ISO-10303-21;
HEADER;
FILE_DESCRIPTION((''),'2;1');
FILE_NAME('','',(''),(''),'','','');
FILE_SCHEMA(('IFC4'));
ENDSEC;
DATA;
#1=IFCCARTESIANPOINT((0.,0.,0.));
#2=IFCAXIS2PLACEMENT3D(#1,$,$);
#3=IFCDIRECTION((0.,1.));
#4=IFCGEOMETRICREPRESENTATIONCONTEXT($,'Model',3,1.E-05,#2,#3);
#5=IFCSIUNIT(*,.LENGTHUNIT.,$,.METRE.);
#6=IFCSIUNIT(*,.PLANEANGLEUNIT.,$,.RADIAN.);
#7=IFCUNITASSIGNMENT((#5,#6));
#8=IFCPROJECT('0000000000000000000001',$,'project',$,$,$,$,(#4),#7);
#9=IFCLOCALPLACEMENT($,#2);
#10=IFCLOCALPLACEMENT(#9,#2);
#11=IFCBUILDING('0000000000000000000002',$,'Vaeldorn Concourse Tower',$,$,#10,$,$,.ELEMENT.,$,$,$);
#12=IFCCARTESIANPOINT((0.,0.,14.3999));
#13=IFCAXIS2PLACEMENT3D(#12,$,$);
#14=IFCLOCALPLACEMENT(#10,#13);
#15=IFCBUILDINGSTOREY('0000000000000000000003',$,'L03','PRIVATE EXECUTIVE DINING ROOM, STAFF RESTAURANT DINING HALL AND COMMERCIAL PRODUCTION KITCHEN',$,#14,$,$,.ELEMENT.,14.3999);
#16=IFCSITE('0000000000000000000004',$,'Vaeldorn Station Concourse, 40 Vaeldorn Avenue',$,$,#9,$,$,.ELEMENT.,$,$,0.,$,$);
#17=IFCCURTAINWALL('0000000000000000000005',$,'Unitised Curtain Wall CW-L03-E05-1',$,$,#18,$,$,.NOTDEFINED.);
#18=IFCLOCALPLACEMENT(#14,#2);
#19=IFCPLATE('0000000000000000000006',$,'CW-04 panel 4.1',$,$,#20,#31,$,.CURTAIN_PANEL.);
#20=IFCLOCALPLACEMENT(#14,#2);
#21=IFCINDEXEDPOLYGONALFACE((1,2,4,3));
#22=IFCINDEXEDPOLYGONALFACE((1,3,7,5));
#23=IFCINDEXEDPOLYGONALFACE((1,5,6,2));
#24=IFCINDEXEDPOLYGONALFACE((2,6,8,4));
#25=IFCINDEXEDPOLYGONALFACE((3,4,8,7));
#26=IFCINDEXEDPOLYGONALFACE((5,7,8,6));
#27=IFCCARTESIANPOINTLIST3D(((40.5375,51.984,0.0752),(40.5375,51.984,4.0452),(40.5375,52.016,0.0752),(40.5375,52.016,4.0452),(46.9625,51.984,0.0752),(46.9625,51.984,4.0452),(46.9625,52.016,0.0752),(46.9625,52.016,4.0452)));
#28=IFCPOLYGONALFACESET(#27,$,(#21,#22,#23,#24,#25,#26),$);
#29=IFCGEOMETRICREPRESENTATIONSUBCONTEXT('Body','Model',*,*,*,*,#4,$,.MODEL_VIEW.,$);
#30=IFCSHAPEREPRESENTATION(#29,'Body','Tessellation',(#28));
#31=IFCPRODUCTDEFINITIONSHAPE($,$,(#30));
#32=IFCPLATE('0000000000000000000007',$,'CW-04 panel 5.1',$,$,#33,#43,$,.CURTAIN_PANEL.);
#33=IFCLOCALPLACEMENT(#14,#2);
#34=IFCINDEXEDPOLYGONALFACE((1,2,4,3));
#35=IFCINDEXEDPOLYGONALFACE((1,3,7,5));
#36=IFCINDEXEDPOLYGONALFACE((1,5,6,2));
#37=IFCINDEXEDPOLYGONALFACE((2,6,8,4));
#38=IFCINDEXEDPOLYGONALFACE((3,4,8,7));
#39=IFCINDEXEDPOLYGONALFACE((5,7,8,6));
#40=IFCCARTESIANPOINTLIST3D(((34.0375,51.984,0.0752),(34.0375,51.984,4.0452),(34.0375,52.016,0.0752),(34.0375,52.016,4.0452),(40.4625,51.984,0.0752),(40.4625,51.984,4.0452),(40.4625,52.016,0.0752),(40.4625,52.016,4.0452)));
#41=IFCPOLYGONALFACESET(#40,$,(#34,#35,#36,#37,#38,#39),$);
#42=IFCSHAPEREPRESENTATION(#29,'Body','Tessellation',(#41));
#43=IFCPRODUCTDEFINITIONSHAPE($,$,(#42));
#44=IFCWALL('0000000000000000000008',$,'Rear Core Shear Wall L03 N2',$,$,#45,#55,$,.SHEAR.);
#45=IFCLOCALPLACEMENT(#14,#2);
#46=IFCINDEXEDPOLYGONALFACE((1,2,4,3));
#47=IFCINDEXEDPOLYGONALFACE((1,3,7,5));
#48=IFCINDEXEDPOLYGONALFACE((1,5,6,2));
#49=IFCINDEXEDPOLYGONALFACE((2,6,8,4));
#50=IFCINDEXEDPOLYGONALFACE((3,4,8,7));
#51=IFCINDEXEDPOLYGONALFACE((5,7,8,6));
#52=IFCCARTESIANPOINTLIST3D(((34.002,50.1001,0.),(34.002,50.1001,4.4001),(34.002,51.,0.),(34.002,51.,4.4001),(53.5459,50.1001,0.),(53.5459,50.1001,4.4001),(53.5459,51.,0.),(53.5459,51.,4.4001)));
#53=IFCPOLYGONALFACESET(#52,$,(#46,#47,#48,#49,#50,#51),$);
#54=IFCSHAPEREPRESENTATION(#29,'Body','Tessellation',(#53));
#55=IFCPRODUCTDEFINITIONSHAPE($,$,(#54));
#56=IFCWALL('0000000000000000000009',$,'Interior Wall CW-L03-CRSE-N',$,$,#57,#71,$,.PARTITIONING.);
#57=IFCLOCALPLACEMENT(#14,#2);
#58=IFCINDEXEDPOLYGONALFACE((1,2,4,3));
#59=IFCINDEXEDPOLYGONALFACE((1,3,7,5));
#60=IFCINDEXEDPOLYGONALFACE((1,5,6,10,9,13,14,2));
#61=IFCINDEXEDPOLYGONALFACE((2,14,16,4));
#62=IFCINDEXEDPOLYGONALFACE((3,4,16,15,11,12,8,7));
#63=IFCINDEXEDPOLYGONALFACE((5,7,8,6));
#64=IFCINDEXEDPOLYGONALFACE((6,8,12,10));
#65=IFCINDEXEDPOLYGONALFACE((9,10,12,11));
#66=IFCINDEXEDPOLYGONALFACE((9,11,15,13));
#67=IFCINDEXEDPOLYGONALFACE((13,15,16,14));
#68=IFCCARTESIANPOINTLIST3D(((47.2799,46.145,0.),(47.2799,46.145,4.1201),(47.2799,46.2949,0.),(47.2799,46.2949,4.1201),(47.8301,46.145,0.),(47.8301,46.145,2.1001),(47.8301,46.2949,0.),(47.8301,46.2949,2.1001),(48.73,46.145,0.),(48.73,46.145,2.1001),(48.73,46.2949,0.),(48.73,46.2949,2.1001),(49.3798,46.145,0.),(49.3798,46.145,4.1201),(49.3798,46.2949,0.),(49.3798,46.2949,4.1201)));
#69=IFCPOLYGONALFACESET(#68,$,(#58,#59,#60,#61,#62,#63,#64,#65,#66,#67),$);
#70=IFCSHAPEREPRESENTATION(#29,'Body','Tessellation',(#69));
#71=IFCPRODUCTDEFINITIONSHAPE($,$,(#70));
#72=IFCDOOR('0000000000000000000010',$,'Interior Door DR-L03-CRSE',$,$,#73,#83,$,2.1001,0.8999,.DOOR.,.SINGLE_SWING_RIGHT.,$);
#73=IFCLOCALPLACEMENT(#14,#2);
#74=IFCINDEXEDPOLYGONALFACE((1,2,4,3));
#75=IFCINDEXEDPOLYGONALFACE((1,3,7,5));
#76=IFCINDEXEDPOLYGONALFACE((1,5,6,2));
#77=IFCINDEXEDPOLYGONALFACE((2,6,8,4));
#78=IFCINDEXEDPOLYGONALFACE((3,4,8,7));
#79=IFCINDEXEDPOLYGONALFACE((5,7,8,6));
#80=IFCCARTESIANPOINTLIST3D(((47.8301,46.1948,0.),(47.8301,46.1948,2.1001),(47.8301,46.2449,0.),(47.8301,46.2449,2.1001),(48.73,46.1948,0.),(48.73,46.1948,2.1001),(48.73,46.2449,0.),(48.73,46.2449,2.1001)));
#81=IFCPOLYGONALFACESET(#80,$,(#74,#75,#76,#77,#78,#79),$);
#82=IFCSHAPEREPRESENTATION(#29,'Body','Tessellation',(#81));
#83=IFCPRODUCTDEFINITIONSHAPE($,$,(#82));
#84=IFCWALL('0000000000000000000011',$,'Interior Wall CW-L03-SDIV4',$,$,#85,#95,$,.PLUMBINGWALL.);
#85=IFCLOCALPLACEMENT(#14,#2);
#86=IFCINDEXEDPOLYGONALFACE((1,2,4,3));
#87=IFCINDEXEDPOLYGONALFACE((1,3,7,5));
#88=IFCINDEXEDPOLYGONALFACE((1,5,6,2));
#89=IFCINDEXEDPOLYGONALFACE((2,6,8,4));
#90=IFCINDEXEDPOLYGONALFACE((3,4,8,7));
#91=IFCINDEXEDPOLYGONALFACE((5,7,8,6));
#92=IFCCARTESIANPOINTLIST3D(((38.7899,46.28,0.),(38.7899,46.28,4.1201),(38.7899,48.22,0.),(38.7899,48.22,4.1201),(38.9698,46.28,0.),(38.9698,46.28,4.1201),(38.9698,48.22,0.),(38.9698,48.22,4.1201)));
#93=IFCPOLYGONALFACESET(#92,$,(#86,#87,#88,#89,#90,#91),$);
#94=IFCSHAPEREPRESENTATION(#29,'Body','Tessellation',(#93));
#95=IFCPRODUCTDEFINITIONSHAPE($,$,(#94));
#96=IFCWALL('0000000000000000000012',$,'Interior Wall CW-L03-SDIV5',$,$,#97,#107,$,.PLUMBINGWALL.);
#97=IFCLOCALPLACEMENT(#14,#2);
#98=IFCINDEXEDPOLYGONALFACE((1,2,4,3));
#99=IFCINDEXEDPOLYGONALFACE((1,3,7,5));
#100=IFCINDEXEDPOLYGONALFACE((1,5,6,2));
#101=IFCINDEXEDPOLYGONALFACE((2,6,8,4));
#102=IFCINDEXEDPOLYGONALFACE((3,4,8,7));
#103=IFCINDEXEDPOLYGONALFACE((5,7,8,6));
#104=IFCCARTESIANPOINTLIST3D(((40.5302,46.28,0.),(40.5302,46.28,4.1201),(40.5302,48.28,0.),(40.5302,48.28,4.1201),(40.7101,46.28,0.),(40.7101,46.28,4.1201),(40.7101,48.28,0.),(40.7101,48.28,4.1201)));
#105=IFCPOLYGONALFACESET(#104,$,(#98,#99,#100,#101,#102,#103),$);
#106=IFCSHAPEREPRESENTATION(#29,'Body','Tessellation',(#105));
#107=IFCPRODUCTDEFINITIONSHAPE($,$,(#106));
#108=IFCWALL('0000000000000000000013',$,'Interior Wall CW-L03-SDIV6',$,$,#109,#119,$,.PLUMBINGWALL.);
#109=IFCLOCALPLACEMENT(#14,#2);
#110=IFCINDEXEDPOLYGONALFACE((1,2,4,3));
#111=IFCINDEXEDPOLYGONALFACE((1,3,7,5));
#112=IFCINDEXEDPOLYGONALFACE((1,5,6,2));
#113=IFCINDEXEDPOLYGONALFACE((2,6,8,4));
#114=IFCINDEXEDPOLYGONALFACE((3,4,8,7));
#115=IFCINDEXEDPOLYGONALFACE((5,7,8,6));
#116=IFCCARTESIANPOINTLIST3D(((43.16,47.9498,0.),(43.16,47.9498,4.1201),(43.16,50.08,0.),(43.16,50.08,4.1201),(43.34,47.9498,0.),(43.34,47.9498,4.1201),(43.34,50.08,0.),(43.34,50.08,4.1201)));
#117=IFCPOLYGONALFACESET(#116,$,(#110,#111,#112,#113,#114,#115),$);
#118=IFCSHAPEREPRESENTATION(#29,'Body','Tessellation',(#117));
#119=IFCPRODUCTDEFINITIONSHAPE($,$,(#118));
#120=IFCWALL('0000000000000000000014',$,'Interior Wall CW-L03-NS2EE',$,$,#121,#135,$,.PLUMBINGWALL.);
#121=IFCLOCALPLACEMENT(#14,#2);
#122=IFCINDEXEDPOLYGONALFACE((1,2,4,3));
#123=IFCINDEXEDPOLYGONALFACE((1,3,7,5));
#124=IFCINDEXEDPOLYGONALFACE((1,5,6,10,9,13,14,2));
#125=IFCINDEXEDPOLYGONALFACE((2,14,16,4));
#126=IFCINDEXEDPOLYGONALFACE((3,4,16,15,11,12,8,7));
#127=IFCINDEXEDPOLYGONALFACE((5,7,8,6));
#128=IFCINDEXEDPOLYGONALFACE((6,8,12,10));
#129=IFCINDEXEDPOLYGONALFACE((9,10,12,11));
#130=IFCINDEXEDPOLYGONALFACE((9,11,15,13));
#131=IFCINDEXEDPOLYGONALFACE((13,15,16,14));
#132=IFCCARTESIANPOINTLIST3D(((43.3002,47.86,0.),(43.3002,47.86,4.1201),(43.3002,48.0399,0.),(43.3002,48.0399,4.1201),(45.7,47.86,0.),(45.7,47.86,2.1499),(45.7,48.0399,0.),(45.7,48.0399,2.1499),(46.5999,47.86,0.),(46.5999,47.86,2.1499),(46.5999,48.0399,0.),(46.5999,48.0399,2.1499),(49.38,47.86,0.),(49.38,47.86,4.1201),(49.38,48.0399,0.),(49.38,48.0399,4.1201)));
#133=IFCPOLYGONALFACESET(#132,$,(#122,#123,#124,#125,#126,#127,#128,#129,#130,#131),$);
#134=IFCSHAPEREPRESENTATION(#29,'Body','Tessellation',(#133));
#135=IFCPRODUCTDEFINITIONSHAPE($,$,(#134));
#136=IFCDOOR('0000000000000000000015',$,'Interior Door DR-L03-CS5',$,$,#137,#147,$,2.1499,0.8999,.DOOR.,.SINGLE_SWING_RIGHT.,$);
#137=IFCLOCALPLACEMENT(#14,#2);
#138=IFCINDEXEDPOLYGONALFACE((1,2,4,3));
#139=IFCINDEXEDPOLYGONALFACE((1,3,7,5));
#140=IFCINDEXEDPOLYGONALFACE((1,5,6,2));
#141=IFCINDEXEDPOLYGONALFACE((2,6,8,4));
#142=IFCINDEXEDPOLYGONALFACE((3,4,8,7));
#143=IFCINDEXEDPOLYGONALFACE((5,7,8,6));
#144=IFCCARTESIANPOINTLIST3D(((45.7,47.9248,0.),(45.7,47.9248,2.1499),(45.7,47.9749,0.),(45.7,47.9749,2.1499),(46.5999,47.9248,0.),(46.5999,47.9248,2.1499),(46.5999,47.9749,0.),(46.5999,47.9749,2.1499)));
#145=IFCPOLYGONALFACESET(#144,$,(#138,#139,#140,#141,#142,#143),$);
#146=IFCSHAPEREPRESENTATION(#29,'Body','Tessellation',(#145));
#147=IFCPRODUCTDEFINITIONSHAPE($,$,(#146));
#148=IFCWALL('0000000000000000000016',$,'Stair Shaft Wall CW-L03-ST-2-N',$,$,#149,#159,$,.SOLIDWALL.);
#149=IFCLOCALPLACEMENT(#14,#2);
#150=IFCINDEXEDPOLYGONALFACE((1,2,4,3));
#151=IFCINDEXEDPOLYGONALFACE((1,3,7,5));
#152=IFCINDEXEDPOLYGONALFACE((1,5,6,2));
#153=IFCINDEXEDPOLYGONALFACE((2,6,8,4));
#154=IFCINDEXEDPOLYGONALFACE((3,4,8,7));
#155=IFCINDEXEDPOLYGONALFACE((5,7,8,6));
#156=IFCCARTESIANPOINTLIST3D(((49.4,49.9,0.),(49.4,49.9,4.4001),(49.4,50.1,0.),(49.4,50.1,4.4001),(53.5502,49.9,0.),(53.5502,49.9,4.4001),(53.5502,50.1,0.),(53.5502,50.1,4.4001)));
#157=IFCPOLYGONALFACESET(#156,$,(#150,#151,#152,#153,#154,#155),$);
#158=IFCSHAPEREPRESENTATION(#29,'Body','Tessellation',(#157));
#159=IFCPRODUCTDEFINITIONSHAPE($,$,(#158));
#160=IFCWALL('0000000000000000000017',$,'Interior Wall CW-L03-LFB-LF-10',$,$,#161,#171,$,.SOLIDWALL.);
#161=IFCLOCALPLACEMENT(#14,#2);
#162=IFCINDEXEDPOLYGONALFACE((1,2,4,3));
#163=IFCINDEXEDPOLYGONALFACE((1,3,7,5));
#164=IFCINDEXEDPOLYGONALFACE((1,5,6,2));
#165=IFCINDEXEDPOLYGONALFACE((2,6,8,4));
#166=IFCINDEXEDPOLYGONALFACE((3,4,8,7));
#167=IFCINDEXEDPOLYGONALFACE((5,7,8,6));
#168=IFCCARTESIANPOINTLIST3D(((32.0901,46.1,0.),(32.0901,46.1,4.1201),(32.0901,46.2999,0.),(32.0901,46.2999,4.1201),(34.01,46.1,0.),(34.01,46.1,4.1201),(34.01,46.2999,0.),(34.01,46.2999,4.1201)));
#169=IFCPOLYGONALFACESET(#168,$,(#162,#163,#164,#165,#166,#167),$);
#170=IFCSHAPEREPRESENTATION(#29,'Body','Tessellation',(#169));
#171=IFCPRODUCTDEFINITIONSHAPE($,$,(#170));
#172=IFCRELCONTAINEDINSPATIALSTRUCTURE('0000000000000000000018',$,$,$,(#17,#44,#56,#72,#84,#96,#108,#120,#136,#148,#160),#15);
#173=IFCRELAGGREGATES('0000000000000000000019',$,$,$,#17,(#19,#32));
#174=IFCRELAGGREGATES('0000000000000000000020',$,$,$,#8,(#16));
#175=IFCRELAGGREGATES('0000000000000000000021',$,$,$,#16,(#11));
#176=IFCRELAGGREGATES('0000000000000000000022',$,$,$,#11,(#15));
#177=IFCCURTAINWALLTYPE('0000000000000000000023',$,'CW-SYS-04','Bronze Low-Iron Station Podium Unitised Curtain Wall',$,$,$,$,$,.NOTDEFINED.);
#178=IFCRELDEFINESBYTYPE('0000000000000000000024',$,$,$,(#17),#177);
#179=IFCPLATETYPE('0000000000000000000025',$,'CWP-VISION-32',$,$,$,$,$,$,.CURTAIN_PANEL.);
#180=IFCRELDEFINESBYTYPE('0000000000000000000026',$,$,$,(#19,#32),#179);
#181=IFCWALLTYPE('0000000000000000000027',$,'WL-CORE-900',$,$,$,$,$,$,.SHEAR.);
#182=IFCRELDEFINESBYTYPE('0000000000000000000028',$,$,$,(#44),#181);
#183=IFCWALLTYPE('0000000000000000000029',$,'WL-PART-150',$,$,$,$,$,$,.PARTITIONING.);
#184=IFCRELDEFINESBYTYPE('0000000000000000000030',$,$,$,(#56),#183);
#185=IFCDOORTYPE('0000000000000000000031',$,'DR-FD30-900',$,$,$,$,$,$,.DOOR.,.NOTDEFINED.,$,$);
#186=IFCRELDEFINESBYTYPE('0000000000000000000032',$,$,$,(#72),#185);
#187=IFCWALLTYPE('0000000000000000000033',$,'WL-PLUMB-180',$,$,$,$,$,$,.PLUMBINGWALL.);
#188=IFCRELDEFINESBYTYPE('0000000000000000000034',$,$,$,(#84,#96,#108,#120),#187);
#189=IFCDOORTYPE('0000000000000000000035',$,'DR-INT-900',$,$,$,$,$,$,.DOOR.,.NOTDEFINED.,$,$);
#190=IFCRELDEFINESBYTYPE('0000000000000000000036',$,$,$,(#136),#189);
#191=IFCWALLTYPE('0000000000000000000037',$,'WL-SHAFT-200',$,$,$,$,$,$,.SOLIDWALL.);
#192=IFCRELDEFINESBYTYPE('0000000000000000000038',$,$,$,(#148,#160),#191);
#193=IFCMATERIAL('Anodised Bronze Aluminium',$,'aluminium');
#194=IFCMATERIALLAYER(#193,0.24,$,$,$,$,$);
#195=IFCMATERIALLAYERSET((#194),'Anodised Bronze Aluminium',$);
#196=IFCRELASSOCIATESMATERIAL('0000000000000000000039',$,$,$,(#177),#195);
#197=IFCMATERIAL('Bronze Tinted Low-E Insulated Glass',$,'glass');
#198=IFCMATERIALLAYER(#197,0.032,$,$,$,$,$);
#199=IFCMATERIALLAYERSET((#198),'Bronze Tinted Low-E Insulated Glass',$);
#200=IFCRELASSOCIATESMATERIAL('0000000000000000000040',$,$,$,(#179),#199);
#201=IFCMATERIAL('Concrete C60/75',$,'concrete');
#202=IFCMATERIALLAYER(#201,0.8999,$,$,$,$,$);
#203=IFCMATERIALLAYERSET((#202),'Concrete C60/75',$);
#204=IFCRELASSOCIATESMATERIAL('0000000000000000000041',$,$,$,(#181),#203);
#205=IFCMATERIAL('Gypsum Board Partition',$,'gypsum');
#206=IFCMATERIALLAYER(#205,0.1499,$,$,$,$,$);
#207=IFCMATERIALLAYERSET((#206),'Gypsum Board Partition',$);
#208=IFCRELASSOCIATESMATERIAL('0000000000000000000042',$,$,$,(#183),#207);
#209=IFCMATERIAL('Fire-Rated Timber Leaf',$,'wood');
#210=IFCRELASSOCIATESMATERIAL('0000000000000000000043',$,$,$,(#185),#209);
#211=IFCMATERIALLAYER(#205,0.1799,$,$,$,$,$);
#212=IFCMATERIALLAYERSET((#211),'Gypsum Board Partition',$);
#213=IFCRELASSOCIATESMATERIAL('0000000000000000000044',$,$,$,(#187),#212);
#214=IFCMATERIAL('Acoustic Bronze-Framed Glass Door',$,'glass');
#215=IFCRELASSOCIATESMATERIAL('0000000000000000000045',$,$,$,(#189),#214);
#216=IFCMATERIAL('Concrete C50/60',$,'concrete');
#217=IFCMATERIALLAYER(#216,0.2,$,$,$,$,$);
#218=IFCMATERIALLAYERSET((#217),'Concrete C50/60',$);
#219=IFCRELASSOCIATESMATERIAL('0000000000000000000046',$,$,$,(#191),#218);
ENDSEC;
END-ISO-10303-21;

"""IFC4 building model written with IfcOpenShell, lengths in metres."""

from ifc_helpers import new_model, si_unit, direction, frame, frame_2d, origin, origin_2d, place, context, subcontext, project, spatial, rectangle, extrude, source, transform, mapped, material, layer, layer_set, type_object, element, fill, aggregate, save


model = new_model("IFC4")

# Units and contexts
model_context = context("Model", 3, precision=1e-05, world=origin(), true_north=direction((0.0, 1.0)))
body_context = subcontext(model_context, "Body", "Model", "MODEL_VIEW")
ifc_project = project(units=[si_unit("LENGTHUNIT", "METRE"), si_unit("PLANEANGLEUNIT", "RADIAN")], contexts=[model_context])

# Site, building, storey
site_placement = place(None, origin())
site = spatial("IfcSite", under=ifc_project, at=site_placement, Name="Vaeldorn Station Concourse, 40 Vaeldorn Avenue", CompositionType="ELEMENT", RefElevation=0.0)
building_placement = place(site_placement, origin())
building = spatial("IfcBuilding", under=site, at=building_placement, Name="Vaeldorn Concourse Tower", CompositionType="ELEMENT")
storey_placement = place(building_placement, frame((0.0, 0.0, 14.3999)))
storey = spatial("IfcBuildingStorey", under=building, at=storey_placement, Name="L03", Description="PRIVATE EXECUTIVE DINING ROOM, STAFF RESTAURANT DINING HALL AND COMMERCIAL PRODUCTION KITCHEN", CompositionType="ELEMENT", Elevation=14.3999)

# Curtain wall, plates
ifc_material_1 = material(Name="Anodised Bronze Aluminium", Category="aluminium")
ifc_layer_1 = layer(ifc_material_1, 0.24)
ifc_layer_set_1 = layer_set([ifc_layer_1], Name="Anodised Bronze Aluminium")
curtain_wall_type = type_object("IfcCurtainWallType", Name="CW-SYS-04", Description="Bronze Low-Iron Station Podium Unitised Curtain Wall", PredefinedType="NOTDEFINED", material=ifc_layer_set_1)
curtain_wall_placement = place(storey_placement, origin())
curtain_wall = element("IfcCurtainWall", 1, at=curtain_wall_placement, inside=storey, type_object=curtain_wall_type, Name="Unitised Curtain Wall CW-L03-E05-1", PredefinedType="NOTDEFINED")
ifc_material_2 = material(Name="Bronze Tinted Low-E Insulated Glass", Category="glass")
ifc_layer_2 = layer(ifc_material_2, 0.032)
ifc_layer_set_2 = layer_set([ifc_layer_2], Name="Bronze Tinted Low-E Insulated Glass")
plate_type = type_object("IfcPlateType", Name="CWP-VISION-32", PredefinedType="CURTAIN_PANEL", material=ifc_layer_set_2)
shared_shape_1 = source(origin(), body_context, "Body", "SweptSolid", [
    extrude(rectangle(XDim=6.425, YDim=0.032, at=origin_2d()), origin(), (0.0, 0.0, 1.0), 3.97),
])
plate_1_placement = place(storey_placement, frame((43.75, 52.0, 0.0752), z_axis=(0.0, 0.0, 1.0), x_axis=(-1.0, 0.0, 0.0)))
plate_1 = element("IfcPlate", 2, at=plate_1_placement, type_object=plate_type, Name="CW-04 panel 4.1", PredefinedType="CURTAIN_PANEL", context=body_context, shape_type="MappedRepresentation", body=[
    mapped(shared_shape_1, transform((0.0, 0.0, 0.0), scale=1.0)),
])
plate_2_placement = place(storey_placement, frame((37.25, 52.0, 0.0752), z_axis=(0.0, 0.0, 1.0), x_axis=(-1.0, 0.0, 0.0)))
plate_2 = element("IfcPlate", 3, at=plate_2_placement, type_object=plate_type, Name="CW-04 panel 5.1", PredefinedType="CURTAIN_PANEL", context=body_context, shape_type="MappedRepresentation", body=[
    mapped(shared_shape_1, transform((0.0, 0.0, 0.0), scale=1.0)),
])
aggregate(curtain_wall, [plate_1, plate_2])

# Wall
ifc_material_3 = material(Name="Concrete C60/75", Category="concrete")
ifc_layer_3 = layer(ifc_material_3, 0.8999)
ifc_layer_set_3 = layer_set([ifc_layer_3], Name="Concrete C60/75")
wall_type_1 = type_object("IfcWallType", Name="WL-CORE-900", PredefinedType="SHEAR", material=ifc_layer_set_3)
wall_1_placement = place(storey_placement, frame((34.002, 50.55, 0.0), z_axis=(0.0, 0.0, 1.0), x_axis=(1.0, 0.0, 0.0)))
element("IfcWall", 4, at=wall_1_placement, inside=storey, type_object=wall_type_1, Name="Rear Core Shear Wall L03 N2", PredefinedType="SHEAR", context=body_context, shape_type="SweptSolid", body=[
    extrude(rectangle(XDim=19.5439, YDim=0.8999, at=frame_2d((9.772, 0.0))), origin(), (0.0, 0.0, 1.0), 4.4001),
])

# Wall, opening, door
ifc_material_4 = material(Name="Gypsum Board Partition", Category="gypsum")
ifc_layer_4 = layer(ifc_material_4, 0.1499)
ifc_layer_set_4 = layer_set([ifc_layer_4], Name="Gypsum Board Partition")
wall_type_2 = type_object("IfcWallType", Name="WL-PART-150", PredefinedType="PARTITIONING", material=ifc_layer_set_4)
wall_2_placement = place(storey_placement, frame((47.28, 46.22, 0.0), z_axis=(0.0, 0.0, 1.0), x_axis=(1.0, 0.0, 0.0)))
wall_2 = element("IfcWall", 5, at=wall_2_placement, inside=storey, type_object=wall_type_2, Name="Interior Wall CW-L03-CRSE-N", PredefinedType="PARTITIONING", context=body_context, shape_type="SweptSolid", body=[
    extrude(rectangle(XDim=2.0999, YDim=0.1499, at=frame_2d((1.0498, 0.0))), origin(), (0.0, 0.0, 1.0), 4.1201),
])
opening_1_placement = place(wall_2_placement, frame((0.55, 0.0, 0.0)))
opening_1 = element("IfcOpeningElement", 6, at=opening_1_placement, cuts=wall_2, PredefinedType="OPENING", context=body_context, shape_type="SweptSolid", body=[
    extrude(rectangle(XDim=0.8999, YDim=2.1001, at=frame_2d((0.45, 1.05))), frame((0.0, 0.085, 0.0), z_axis=(0.0, -1.0, 0.0), x_axis=(1.0, 0.0, 0.0)), (0.0, 0.0, 1.0), 0.1699),
])
ifc_material_5 = material(Name="Fire-Rated Timber Leaf", Category="wood")
door_type_1 = type_object("IfcDoorType", Name="DR-FD30-900", OperationType="NOTDEFINED", PredefinedType="DOOR", material=ifc_material_5)
shared_shape_2 = source(origin(), body_context, "Body", "SweptSolid", [
    extrude(rectangle(XDim=0.8999, YDim=2.1001, at=frame_2d((0.45, 1.05))), frame((0.0, 0.0249, 0.0), z_axis=(0.0, -1.0, 0.0), x_axis=(1.0, 0.0, 0.0)), (0.0, 0.0, 1.0), 0.05),
])
door_1_placement = place(opening_1_placement, origin())
door_1 = element("IfcDoor", 7, at=door_1_placement, inside=storey, type_object=door_type_1, Name="Interior Door DR-L03-CRSE", OperationType="SINGLE_SWING_RIGHT", OverallHeight=2.1001, OverallWidth=0.8999, PredefinedType="DOOR", context=body_context, shape_type="MappedRepresentation", body=[
    mapped(shared_shape_2, transform((0.0, 0.0, 0.0), scale=1.0)),
])
fill(opening_1, door_1)

# Walls
ifc_layer_5 = layer(ifc_material_4, 0.1799)
ifc_layer_set_5 = layer_set([ifc_layer_5], Name="Gypsum Board Partition")
wall_type_3 = type_object("IfcWallType", Name="WL-PLUMB-180", PredefinedType="PLUMBINGWALL", material=ifc_layer_set_5)
wall_3_placement = place(storey_placement, frame((38.8799, 46.28, 0.0), z_axis=(0.0, 0.0, 1.0), x_axis=(0.0, 1.0, 0.0)))
element("IfcWall", 8, at=wall_3_placement, inside=storey, type_object=wall_type_3, Name="Interior Wall CW-L03-SDIV4", PredefinedType="PLUMBINGWALL", context=body_context, shape_type="SweptSolid", body=[
    extrude(rectangle(XDim=1.9399, YDim=0.1799, at=frame_2d((0.97, 0.0))), origin(), (0.0, 0.0, 1.0), 4.1201),
])
wall_4_placement = place(storey_placement, frame((40.6201, 46.28, 0.0), z_axis=(0.0, 0.0, 1.0), x_axis=(0.0, 1.0, 0.0)))
element("IfcWall", 9, at=wall_4_placement, inside=storey, type_object=wall_type_3, Name="Interior Wall CW-L03-SDIV5", PredefinedType="PLUMBINGWALL", context=body_context, shape_type="SweptSolid", body=[
    extrude(rectangle(XDim=2.0, YDim=0.1799, at=frame_2d((1.0, 0.0))), origin(), (0.0, 0.0, 1.0), 4.1201),
])
wall_5_placement = place(storey_placement, frame((43.25, 47.95, 0.0), z_axis=(0.0, 0.0, 1.0), x_axis=(0.0, 1.0, 0.0)))
element("IfcWall", 10, at=wall_5_placement, inside=storey, type_object=wall_type_3, Name="Interior Wall CW-L03-SDIV6", PredefinedType="PLUMBINGWALL", context=body_context, shape_type="SweptSolid", body=[
    extrude(rectangle(XDim=2.1301, YDim=0.1799, at=frame_2d((1.0649, 0.0))), origin(), (0.0, 0.0, 1.0), 4.1201),
])

# Wall, opening, door
wall_6_placement = place(storey_placement, frame((43.3, 47.95, 0.0), z_axis=(0.0, 0.0, 1.0), x_axis=(1.0, 0.0, 0.0)))
wall_6 = element("IfcWall", 11, at=wall_6_placement, inside=storey, type_object=wall_type_3, Name="Interior Wall CW-L03-NS2EE", PredefinedType="PLUMBINGWALL", context=body_context, shape_type="SweptSolid", body=[
    extrude(rectangle(XDim=6.0798, YDim=0.1799, at=frame_2d((3.04, 0.0))), origin(), (0.0, 0.0, 1.0), 4.1201),
])
opening_2_placement = place(wall_6_placement, frame((2.3999, 0.0, 0.0)))
opening_2 = element("IfcOpeningElement", 12, at=opening_2_placement, cuts=wall_6, PredefinedType="OPENING", context=body_context, shape_type="SweptSolid", body=[
    extrude(rectangle(XDim=0.8999, YDim=2.1499, at=frame_2d((0.45, 1.075))), frame((0.0, 0.1001, 0.0), z_axis=(0.0, -1.0, 0.0), x_axis=(1.0, 0.0, 0.0)), (0.0, 0.0, 1.0), 0.2),
])
ifc_material_6 = material(Name="Acoustic Bronze-Framed Glass Door", Category="glass")
door_type_2 = type_object("IfcDoorType", Name="DR-INT-900", OperationType="NOTDEFINED", PredefinedType="DOOR", material=ifc_material_6)
shared_shape_3 = source(origin(), body_context, "Body", "SweptSolid", [
    extrude(rectangle(XDim=0.8999, YDim=2.1499, at=frame_2d((0.45, 1.075))), frame((0.0, 0.0249, 0.0), z_axis=(0.0, -1.0, 0.0), x_axis=(1.0, 0.0, 0.0)), (0.0, 0.0, 1.0), 0.05),
])
door_2_placement = place(opening_2_placement, origin())
door_2 = element("IfcDoor", 13, at=door_2_placement, inside=storey, type_object=door_type_2, Name="Interior Door DR-L03-CS5", OperationType="SINGLE_SWING_RIGHT", OverallHeight=2.1499, OverallWidth=0.8999, PredefinedType="DOOR", context=body_context, shape_type="MappedRepresentation", body=[
    mapped(shared_shape_3, transform((0.0, 0.0, 0.0), scale=1.0)),
])
fill(opening_2, door_2)

# Walls
ifc_material_7 = material(Name="Concrete C50/60", Category="concrete")
ifc_layer_6 = layer(ifc_material_7, 0.2)
ifc_layer_set_6 = layer_set([ifc_layer_6], Name="Concrete C50/60")
wall_type_4 = type_object("IfcWallType", Name="WL-SHAFT-200", PredefinedType="SOLIDWALL", material=ifc_layer_set_6)
wall_7_placement = place(storey_placement, frame((49.3999, 50.0, 0.0), z_axis=(0.0, 0.0, 1.0), x_axis=(1.0, 0.0, 0.0)))
element("IfcWall", 14, at=wall_7_placement, inside=storey, type_object=wall_type_4, Name="Stair Shaft Wall CW-L03-ST-2-N", PredefinedType="SOLIDWALL", context=body_context, shape_type="SweptSolid", body=[
    extrude(rectangle(XDim=4.1501, YDim=0.2, at=frame_2d((2.0752, 0.0))), origin(), (0.0, 0.0, 1.0), 4.4001),
])
wall_8_placement = place(storey_placement, frame((32.0901, 46.2, 0.0), z_axis=(0.0, 0.0, 1.0), x_axis=(1.0, 0.0, 0.0)))
element("IfcWall", 15, at=wall_8_placement, inside=storey, type_object=wall_type_4, Name="Interior Wall CW-L03-LFB-LF-10", PredefinedType="SOLIDWALL", context=body_context, shape_type="SweptSolid", body=[
    extrude(rectangle(XDim=1.9199, YDim=0.2, at=frame_2d((0.96, 0.0))), origin(), (0.0, 0.0, 1.0), 4.1201),
])

save(model, "model.ifc")
